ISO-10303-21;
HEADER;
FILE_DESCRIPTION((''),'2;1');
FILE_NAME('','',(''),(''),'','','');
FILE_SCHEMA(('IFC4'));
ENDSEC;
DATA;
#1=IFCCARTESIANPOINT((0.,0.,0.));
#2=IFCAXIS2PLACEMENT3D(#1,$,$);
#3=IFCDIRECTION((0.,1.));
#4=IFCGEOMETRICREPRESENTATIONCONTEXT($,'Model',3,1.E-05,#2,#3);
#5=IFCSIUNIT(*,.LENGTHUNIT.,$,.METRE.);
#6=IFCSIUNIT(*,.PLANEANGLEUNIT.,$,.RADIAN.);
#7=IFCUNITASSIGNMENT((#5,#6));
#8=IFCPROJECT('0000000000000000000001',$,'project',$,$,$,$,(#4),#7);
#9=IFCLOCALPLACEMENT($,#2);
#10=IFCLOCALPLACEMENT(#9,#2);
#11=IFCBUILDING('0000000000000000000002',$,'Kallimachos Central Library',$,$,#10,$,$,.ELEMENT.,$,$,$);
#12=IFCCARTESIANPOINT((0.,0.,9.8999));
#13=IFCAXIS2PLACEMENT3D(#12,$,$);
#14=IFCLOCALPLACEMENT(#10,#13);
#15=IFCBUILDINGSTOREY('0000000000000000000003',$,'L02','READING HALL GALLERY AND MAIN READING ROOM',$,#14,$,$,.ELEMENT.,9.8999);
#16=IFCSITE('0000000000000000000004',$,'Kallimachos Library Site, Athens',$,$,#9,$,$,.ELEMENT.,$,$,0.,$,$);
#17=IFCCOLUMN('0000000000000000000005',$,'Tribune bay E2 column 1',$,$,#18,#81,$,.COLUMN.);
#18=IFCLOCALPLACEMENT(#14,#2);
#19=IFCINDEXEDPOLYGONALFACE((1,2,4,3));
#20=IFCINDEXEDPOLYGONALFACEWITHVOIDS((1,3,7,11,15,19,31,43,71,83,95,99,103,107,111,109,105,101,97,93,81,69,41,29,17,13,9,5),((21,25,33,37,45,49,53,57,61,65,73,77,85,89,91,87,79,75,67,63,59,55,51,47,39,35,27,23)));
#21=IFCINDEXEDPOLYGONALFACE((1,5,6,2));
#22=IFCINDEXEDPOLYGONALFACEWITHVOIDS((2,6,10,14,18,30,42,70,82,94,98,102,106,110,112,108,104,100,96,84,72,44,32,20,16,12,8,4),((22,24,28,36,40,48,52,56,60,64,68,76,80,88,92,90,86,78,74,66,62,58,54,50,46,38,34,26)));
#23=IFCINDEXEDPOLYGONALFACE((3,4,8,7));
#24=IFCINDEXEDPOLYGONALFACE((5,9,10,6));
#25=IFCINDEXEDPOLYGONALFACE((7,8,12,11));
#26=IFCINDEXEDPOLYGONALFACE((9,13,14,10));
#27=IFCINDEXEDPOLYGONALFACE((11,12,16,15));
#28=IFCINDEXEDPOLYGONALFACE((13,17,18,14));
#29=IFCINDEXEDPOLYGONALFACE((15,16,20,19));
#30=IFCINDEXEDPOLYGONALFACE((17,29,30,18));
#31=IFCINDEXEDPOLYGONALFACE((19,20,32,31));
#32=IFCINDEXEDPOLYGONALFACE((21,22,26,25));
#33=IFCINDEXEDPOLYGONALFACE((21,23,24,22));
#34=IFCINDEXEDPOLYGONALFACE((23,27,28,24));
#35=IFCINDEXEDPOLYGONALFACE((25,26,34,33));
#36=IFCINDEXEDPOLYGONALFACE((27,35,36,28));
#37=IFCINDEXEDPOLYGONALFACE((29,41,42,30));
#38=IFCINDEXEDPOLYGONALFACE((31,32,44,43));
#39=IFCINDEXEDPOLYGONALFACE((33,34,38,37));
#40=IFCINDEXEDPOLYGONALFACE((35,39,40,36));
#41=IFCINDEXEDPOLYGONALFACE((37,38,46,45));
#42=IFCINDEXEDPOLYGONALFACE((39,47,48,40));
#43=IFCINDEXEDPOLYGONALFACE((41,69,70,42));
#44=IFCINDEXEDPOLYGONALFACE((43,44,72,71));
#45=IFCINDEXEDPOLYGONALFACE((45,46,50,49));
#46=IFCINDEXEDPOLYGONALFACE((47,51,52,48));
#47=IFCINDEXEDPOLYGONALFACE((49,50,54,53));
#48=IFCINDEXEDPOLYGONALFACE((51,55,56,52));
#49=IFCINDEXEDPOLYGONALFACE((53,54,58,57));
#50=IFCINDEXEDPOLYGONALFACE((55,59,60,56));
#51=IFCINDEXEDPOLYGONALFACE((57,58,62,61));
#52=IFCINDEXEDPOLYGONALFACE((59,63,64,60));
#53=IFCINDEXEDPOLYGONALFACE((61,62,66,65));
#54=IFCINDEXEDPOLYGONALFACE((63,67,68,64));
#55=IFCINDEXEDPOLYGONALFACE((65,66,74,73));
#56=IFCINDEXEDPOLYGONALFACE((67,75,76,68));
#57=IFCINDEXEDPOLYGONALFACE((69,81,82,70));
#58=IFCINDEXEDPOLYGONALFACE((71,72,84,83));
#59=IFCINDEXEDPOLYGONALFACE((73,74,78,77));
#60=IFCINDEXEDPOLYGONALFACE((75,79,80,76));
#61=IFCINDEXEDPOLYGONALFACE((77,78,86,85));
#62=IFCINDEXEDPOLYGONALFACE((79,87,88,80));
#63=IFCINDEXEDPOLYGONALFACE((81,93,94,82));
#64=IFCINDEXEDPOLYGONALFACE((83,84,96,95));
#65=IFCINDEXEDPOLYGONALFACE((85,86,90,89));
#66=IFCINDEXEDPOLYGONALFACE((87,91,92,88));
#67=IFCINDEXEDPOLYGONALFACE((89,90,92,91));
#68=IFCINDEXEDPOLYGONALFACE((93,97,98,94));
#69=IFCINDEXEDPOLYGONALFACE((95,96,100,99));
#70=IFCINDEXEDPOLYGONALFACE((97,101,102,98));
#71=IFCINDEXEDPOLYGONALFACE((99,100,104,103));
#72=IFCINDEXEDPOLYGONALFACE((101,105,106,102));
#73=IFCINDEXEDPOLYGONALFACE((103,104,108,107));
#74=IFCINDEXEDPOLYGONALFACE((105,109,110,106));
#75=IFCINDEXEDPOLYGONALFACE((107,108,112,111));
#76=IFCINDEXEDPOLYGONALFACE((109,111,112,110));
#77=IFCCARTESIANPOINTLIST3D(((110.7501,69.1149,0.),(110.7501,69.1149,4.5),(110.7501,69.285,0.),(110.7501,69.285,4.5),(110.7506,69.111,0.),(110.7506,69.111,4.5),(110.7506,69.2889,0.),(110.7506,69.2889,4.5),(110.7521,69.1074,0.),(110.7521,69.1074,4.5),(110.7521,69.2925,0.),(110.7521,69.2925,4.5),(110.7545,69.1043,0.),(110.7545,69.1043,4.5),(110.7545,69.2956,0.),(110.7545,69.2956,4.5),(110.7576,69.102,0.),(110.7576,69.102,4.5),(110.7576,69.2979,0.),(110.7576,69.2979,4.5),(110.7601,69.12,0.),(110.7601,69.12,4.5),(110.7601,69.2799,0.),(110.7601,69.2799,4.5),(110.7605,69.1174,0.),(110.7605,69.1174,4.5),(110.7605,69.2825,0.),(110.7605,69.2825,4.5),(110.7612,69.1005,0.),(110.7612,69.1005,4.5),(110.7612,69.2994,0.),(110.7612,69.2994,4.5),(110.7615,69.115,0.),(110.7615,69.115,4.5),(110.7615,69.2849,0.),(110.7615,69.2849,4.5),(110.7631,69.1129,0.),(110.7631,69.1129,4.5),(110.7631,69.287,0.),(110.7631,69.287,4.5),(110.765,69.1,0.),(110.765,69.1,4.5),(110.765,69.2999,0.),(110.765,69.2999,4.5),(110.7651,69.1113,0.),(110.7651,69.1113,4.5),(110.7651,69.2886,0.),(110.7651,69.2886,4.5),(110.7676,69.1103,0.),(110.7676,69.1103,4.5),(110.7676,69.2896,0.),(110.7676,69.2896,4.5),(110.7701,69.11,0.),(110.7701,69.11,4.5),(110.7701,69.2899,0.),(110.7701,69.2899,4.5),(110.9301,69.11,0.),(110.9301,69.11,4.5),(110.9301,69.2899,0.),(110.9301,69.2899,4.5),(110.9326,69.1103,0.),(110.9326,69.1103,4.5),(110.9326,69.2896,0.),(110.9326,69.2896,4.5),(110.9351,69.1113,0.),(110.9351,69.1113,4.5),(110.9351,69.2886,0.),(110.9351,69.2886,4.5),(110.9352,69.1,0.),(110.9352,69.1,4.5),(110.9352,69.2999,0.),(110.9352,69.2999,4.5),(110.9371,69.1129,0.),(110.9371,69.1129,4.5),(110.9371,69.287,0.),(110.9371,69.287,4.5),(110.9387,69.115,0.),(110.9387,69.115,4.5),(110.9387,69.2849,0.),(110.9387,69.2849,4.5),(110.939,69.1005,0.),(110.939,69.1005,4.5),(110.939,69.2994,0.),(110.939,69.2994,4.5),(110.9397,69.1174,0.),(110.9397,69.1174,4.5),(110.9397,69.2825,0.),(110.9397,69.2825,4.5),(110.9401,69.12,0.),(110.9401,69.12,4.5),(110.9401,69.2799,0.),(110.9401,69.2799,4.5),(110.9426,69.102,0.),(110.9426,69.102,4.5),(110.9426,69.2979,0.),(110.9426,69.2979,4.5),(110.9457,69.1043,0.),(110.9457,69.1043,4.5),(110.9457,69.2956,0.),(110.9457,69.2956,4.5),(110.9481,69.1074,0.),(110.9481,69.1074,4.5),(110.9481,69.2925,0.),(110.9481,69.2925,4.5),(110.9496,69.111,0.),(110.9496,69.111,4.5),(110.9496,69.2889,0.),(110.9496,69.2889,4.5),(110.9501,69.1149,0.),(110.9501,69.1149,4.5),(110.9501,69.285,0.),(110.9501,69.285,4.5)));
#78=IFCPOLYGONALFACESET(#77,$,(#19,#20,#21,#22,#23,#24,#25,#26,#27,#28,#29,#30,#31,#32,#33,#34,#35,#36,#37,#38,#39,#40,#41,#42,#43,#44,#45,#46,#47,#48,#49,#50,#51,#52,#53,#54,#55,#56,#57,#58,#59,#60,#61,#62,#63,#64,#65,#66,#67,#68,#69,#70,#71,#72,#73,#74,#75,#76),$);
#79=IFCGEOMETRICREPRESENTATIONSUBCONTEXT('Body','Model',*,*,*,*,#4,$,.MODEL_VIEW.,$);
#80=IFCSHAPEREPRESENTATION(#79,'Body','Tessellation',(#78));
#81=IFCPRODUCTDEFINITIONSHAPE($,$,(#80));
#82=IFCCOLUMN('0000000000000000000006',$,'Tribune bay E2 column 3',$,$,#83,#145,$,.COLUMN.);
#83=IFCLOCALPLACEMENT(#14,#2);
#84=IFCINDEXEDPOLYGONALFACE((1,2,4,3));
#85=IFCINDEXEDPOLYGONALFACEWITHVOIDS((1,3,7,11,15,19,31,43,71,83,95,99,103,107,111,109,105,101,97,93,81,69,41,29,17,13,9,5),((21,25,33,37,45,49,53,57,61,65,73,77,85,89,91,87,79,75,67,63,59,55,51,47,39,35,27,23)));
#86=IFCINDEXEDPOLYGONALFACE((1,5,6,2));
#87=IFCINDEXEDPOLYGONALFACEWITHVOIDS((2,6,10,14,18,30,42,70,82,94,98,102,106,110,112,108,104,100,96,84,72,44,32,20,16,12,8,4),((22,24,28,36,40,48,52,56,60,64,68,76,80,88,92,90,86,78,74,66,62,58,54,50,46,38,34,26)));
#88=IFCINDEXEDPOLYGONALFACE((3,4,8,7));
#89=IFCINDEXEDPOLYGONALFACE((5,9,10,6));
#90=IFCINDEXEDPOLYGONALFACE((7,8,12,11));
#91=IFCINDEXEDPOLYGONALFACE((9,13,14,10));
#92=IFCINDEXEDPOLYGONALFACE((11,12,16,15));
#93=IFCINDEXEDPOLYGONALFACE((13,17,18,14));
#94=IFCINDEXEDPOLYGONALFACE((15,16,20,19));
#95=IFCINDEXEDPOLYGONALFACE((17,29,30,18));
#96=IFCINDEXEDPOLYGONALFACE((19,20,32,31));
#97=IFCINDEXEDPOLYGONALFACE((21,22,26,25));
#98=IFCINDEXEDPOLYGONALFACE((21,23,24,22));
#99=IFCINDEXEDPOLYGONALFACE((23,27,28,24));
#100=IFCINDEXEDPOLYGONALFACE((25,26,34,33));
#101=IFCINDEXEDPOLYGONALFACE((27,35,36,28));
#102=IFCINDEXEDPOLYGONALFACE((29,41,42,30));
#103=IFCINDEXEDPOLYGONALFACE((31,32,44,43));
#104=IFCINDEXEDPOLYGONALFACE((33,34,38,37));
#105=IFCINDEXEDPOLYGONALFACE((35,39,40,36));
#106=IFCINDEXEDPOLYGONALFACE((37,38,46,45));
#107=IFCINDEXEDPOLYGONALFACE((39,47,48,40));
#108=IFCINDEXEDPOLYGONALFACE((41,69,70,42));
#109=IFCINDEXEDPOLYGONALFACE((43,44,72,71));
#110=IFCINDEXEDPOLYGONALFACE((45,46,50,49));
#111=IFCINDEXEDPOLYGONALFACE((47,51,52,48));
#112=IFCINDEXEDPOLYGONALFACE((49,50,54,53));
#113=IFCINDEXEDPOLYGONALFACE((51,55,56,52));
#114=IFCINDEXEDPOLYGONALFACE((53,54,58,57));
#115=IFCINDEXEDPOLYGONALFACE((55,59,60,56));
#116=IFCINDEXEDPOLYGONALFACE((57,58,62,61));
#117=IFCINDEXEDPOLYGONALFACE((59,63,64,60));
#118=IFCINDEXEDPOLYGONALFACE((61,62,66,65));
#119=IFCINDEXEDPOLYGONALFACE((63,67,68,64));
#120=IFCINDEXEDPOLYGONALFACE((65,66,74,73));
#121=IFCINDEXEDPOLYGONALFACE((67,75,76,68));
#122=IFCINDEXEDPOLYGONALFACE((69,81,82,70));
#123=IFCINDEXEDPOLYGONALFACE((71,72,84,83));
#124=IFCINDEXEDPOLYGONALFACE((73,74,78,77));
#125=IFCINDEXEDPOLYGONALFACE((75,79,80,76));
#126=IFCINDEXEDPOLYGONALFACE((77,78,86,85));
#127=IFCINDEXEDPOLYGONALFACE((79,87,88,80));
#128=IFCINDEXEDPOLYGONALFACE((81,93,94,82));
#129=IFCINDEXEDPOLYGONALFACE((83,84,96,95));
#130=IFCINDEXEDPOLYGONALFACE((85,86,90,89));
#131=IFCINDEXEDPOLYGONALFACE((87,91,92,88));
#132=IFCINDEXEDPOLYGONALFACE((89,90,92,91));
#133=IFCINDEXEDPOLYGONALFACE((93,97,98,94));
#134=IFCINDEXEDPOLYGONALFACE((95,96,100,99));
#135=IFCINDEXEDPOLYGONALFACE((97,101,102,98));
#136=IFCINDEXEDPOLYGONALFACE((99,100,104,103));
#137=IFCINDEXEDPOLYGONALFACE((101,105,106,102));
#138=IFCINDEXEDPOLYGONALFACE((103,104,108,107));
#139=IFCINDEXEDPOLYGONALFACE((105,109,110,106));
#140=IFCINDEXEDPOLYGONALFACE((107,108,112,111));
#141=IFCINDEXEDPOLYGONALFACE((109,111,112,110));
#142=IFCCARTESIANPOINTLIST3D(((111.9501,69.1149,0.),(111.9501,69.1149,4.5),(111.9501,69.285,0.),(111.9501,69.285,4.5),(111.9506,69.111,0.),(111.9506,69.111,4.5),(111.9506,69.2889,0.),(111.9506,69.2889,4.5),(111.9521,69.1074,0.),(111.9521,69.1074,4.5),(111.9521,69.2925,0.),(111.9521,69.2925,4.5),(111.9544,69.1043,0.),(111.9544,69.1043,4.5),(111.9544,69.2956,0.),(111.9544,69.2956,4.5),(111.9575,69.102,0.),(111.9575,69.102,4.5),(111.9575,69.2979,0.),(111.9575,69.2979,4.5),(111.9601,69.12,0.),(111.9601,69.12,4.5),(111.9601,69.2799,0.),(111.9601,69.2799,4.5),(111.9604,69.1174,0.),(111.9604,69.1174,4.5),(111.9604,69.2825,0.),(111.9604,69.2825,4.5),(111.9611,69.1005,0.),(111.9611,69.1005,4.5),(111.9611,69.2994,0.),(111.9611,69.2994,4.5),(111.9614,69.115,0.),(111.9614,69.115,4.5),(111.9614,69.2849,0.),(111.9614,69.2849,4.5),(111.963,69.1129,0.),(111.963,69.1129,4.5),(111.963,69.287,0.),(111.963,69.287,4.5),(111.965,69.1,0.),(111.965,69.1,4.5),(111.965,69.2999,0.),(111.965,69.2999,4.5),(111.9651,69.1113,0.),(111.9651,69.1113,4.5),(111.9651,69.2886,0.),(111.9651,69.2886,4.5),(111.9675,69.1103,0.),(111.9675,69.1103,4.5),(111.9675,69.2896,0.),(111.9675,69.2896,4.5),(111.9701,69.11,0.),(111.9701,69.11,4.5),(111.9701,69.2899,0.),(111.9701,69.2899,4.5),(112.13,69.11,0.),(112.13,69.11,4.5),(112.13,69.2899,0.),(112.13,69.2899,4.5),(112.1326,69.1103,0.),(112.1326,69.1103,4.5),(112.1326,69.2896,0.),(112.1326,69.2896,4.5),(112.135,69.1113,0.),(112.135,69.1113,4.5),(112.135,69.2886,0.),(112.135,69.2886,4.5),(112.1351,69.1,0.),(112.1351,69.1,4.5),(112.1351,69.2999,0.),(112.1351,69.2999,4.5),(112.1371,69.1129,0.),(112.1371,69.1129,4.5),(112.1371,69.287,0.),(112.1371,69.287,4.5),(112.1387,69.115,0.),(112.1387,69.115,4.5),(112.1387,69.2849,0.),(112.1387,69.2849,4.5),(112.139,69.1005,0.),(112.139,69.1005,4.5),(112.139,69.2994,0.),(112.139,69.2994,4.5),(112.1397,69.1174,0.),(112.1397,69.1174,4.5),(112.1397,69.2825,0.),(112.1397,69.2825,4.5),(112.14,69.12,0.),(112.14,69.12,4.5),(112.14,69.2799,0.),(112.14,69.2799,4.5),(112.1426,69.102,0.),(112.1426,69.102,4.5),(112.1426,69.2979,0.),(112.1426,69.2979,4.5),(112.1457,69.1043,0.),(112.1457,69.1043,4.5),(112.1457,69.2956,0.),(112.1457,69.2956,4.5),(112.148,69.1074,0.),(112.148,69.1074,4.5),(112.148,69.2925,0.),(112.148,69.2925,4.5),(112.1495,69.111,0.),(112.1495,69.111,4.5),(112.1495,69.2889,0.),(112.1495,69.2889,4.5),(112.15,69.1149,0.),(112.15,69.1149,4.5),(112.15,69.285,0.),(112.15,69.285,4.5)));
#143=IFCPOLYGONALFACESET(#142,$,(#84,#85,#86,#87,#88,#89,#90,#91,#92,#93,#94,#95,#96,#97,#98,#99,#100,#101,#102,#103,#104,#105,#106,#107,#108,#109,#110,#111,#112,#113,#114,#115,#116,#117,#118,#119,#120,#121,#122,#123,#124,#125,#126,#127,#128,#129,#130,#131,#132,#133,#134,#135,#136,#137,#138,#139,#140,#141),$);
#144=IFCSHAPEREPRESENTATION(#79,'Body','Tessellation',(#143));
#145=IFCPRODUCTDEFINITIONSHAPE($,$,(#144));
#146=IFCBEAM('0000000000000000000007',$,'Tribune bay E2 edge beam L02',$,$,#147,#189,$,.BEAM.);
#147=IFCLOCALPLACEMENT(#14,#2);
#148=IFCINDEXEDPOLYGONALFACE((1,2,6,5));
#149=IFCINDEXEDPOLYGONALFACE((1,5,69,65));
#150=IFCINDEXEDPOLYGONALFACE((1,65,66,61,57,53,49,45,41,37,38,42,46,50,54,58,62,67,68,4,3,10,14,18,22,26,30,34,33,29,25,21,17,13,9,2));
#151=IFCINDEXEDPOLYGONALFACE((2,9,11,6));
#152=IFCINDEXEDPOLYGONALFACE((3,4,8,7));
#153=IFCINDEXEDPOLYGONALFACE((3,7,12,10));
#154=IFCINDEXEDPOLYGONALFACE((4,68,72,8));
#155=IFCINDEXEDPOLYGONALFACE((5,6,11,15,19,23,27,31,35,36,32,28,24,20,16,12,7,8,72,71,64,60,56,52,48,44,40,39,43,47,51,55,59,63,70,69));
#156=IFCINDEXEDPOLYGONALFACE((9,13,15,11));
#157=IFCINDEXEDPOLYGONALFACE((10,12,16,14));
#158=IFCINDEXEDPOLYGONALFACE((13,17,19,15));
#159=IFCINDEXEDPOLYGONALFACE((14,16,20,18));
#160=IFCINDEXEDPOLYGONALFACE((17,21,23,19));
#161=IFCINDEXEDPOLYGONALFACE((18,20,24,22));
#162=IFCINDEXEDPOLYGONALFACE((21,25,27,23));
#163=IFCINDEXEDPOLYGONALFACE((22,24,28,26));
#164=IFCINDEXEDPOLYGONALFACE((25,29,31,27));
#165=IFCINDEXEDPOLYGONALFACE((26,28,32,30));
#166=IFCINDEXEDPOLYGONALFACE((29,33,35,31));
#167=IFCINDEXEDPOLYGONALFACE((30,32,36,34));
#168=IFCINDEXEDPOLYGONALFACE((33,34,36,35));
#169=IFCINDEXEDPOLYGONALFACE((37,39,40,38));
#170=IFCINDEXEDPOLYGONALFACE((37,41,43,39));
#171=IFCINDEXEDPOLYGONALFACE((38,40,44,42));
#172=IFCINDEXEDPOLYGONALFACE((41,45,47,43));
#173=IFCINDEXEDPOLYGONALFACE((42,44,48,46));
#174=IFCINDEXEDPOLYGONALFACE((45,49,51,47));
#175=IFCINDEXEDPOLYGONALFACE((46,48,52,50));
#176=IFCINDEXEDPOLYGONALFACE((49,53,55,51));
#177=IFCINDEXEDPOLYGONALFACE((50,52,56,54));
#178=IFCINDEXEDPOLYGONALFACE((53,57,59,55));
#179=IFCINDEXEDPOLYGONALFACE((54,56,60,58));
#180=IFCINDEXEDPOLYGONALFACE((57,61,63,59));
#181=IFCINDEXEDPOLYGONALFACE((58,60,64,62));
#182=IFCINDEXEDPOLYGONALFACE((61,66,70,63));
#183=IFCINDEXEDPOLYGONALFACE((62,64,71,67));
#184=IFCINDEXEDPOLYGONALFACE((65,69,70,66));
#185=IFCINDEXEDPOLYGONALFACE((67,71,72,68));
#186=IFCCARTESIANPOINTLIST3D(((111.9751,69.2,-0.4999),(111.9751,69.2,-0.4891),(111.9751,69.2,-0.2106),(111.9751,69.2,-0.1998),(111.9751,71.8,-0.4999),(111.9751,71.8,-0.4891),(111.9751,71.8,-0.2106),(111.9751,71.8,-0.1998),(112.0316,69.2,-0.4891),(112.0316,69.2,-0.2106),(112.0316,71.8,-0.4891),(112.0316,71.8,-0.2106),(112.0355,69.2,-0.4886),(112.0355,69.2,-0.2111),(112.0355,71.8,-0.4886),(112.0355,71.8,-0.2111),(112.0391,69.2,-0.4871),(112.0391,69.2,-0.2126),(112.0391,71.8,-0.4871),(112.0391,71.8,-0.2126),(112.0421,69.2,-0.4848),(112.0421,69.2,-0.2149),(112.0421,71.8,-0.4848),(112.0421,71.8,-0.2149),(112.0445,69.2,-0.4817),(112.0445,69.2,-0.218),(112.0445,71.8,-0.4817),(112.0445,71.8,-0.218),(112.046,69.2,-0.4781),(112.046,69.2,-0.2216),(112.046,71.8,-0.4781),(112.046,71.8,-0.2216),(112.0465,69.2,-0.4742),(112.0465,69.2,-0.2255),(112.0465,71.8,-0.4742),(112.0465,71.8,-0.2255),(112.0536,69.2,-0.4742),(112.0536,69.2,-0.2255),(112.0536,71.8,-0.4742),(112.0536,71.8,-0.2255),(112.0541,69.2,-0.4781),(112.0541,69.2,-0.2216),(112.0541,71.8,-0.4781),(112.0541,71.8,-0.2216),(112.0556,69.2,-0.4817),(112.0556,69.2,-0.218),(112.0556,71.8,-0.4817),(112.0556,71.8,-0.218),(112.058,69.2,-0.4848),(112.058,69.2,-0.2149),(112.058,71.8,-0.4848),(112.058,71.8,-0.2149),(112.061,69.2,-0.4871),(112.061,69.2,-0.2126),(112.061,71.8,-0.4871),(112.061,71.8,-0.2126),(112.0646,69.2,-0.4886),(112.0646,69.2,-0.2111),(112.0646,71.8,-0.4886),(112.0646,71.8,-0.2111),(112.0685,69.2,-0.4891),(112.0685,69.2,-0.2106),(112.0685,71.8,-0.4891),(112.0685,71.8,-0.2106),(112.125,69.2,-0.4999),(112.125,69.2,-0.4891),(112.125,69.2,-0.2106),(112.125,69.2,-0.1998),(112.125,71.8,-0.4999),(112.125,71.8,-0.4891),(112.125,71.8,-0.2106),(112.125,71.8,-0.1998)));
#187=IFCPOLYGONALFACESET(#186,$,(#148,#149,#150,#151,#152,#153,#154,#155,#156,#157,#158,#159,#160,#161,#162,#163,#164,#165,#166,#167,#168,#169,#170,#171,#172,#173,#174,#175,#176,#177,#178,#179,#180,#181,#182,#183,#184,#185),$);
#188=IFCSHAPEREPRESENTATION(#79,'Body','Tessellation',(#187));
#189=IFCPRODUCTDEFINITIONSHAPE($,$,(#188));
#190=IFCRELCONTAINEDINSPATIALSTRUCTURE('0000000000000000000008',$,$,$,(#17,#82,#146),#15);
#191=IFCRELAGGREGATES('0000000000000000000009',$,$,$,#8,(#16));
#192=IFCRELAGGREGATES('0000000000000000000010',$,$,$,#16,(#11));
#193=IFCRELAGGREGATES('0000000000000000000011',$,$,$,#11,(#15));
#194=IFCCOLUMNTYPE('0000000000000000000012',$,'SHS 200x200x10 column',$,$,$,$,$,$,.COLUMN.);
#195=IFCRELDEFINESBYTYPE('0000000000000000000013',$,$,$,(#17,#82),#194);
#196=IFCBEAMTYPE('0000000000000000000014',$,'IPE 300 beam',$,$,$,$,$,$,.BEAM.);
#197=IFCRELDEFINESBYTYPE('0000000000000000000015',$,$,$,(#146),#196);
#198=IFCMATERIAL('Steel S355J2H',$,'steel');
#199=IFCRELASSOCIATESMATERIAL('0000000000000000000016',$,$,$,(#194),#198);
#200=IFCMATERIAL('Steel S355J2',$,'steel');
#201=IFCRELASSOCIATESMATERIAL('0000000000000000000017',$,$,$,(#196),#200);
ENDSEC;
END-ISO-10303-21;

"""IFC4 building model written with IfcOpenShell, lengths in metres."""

from ifc_helpers import new_model, si_unit, direction, frame, origin, origin_2d, place, context, subcontext, project, spatial, hollow_rectangle, i_section, extrude, material, material_profile, profile_set, type_object, element, save


model = new_model("IFC4")

# Units and contexts
model_context = context("Model", 3, precision=1e-05, world=origin(), true_north=direction((0.0, 1.0)))
body_context = subcontext(model_context, "Body", "Model", "MODEL_VIEW")
ifc_project = project(units=[si_unit("LENGTHUNIT", "METRE"), si_unit("PLANEANGLEUNIT", "RADIAN")], contexts=[model_context])

# Site, building, storey
site_placement = place(None, origin())
site = spatial("IfcSite", under=ifc_project, at=site_placement, Name="Kallimachos Library Site, Athens", CompositionType="ELEMENT", RefElevation=0.0)
building_placement = place(site_placement, origin())
building = spatial("IfcBuilding", under=site, at=building_placement, Name="Kallimachos Central Library", CompositionType="ELEMENT")
storey_placement = place(building_placement, frame((0.0, 0.0, 9.8999)))
storey = spatial("IfcBuildingStorey", under=building, at=storey_placement, Name="L02", Description="READING HALL GALLERY AND MAIN READING ROOM", CompositionType="ELEMENT", Elevation=9.8999)

# Columns
ifc_material_1 = material(Name="Steel S355J2H", Category="steel")
ifc_material_profile_1 = material_profile(ifc_material_1, hollow_rectangle(XDim=0.2, YDim=0.2, WallThickness=0.01, InnerFilletRadius=0.01, OuterFilletRadius=0.0149, at=origin_2d()), Name="SHS 200x200x10")
ifc_profile_set_1 = profile_set([ifc_material_profile_1], Name="Steel S355J2H")
column_type = type_object("IfcColumnType", Name="SHS 200x200x10 column", PredefinedType="COLUMN", material=ifc_profile_set_1)
for number, where, z_axis, x_axis, name in (
    (1, (110.8501, 69.2, 0.0), (0.0, 0.0, 1.0), (1.0, 0.0, 0.0), "Tribune bay E2 column 1"),
    (2, (112.05, 69.2, 0.0), (0.0, 0.0, 1.0), (1.0, 0.0, 0.0), "Tribune bay E2 column 3"),
):
    element("IfcColumn", number, at=place(storey_placement, frame(where, z_axis=z_axis, x_axis=x_axis)), inside=storey, type_object=column_type, Name=name, PredefinedType="COLUMN", context=body_context, shape_type="SweptSolid", body=[
        extrude(hollow_rectangle(XDim=0.2, YDim=0.2, WallThickness=0.01, InnerFilletRadius=0.01, OuterFilletRadius=0.0149, at=origin_2d()), origin(), (0.0, 0.0, 1.0), 4.5),
    ])

# Beam
ifc_material_2 = material(Name="Steel S355J2", Category="steel")
ifc_material_profile_2 = material_profile(ifc_material_2, i_section(OverallWidth=0.1499, OverallDepth=0.3, WebThickness=0.0071, FlangeThickness=0.0107, FilletRadius=0.0149, at=origin_2d()), Name="IPE 300")
ifc_profile_set_2 = profile_set([ifc_material_profile_2], Name="Steel S355J2")
beam_type = type_object("IfcBeamType", Name="IPE 300 beam", PredefinedType="BEAM", material=ifc_profile_set_2)
beam_placement = place(storey_placement, frame((112.05, 69.2, -0.3499), z_axis=(0.0, 1.0, 0.0), x_axis=(-1.0, 0.0, 0.0)))
element("IfcBeam", 3, at=beam_placement, inside=storey, type_object=beam_type, Name="Tribune bay E2 edge beam L02", PredefinedType="BEAM", context=body_context, shape_type="SweptSolid", body=[
    extrude(i_section(OverallWidth=0.1499, OverallDepth=0.3, WebThickness=0.0071, FlangeThickness=0.0107, FilletRadius=0.0149, at=origin_2d()), origin(), (0.0, 0.0, 1.0), 2.6001),
])

save(model, "model.ifc")
